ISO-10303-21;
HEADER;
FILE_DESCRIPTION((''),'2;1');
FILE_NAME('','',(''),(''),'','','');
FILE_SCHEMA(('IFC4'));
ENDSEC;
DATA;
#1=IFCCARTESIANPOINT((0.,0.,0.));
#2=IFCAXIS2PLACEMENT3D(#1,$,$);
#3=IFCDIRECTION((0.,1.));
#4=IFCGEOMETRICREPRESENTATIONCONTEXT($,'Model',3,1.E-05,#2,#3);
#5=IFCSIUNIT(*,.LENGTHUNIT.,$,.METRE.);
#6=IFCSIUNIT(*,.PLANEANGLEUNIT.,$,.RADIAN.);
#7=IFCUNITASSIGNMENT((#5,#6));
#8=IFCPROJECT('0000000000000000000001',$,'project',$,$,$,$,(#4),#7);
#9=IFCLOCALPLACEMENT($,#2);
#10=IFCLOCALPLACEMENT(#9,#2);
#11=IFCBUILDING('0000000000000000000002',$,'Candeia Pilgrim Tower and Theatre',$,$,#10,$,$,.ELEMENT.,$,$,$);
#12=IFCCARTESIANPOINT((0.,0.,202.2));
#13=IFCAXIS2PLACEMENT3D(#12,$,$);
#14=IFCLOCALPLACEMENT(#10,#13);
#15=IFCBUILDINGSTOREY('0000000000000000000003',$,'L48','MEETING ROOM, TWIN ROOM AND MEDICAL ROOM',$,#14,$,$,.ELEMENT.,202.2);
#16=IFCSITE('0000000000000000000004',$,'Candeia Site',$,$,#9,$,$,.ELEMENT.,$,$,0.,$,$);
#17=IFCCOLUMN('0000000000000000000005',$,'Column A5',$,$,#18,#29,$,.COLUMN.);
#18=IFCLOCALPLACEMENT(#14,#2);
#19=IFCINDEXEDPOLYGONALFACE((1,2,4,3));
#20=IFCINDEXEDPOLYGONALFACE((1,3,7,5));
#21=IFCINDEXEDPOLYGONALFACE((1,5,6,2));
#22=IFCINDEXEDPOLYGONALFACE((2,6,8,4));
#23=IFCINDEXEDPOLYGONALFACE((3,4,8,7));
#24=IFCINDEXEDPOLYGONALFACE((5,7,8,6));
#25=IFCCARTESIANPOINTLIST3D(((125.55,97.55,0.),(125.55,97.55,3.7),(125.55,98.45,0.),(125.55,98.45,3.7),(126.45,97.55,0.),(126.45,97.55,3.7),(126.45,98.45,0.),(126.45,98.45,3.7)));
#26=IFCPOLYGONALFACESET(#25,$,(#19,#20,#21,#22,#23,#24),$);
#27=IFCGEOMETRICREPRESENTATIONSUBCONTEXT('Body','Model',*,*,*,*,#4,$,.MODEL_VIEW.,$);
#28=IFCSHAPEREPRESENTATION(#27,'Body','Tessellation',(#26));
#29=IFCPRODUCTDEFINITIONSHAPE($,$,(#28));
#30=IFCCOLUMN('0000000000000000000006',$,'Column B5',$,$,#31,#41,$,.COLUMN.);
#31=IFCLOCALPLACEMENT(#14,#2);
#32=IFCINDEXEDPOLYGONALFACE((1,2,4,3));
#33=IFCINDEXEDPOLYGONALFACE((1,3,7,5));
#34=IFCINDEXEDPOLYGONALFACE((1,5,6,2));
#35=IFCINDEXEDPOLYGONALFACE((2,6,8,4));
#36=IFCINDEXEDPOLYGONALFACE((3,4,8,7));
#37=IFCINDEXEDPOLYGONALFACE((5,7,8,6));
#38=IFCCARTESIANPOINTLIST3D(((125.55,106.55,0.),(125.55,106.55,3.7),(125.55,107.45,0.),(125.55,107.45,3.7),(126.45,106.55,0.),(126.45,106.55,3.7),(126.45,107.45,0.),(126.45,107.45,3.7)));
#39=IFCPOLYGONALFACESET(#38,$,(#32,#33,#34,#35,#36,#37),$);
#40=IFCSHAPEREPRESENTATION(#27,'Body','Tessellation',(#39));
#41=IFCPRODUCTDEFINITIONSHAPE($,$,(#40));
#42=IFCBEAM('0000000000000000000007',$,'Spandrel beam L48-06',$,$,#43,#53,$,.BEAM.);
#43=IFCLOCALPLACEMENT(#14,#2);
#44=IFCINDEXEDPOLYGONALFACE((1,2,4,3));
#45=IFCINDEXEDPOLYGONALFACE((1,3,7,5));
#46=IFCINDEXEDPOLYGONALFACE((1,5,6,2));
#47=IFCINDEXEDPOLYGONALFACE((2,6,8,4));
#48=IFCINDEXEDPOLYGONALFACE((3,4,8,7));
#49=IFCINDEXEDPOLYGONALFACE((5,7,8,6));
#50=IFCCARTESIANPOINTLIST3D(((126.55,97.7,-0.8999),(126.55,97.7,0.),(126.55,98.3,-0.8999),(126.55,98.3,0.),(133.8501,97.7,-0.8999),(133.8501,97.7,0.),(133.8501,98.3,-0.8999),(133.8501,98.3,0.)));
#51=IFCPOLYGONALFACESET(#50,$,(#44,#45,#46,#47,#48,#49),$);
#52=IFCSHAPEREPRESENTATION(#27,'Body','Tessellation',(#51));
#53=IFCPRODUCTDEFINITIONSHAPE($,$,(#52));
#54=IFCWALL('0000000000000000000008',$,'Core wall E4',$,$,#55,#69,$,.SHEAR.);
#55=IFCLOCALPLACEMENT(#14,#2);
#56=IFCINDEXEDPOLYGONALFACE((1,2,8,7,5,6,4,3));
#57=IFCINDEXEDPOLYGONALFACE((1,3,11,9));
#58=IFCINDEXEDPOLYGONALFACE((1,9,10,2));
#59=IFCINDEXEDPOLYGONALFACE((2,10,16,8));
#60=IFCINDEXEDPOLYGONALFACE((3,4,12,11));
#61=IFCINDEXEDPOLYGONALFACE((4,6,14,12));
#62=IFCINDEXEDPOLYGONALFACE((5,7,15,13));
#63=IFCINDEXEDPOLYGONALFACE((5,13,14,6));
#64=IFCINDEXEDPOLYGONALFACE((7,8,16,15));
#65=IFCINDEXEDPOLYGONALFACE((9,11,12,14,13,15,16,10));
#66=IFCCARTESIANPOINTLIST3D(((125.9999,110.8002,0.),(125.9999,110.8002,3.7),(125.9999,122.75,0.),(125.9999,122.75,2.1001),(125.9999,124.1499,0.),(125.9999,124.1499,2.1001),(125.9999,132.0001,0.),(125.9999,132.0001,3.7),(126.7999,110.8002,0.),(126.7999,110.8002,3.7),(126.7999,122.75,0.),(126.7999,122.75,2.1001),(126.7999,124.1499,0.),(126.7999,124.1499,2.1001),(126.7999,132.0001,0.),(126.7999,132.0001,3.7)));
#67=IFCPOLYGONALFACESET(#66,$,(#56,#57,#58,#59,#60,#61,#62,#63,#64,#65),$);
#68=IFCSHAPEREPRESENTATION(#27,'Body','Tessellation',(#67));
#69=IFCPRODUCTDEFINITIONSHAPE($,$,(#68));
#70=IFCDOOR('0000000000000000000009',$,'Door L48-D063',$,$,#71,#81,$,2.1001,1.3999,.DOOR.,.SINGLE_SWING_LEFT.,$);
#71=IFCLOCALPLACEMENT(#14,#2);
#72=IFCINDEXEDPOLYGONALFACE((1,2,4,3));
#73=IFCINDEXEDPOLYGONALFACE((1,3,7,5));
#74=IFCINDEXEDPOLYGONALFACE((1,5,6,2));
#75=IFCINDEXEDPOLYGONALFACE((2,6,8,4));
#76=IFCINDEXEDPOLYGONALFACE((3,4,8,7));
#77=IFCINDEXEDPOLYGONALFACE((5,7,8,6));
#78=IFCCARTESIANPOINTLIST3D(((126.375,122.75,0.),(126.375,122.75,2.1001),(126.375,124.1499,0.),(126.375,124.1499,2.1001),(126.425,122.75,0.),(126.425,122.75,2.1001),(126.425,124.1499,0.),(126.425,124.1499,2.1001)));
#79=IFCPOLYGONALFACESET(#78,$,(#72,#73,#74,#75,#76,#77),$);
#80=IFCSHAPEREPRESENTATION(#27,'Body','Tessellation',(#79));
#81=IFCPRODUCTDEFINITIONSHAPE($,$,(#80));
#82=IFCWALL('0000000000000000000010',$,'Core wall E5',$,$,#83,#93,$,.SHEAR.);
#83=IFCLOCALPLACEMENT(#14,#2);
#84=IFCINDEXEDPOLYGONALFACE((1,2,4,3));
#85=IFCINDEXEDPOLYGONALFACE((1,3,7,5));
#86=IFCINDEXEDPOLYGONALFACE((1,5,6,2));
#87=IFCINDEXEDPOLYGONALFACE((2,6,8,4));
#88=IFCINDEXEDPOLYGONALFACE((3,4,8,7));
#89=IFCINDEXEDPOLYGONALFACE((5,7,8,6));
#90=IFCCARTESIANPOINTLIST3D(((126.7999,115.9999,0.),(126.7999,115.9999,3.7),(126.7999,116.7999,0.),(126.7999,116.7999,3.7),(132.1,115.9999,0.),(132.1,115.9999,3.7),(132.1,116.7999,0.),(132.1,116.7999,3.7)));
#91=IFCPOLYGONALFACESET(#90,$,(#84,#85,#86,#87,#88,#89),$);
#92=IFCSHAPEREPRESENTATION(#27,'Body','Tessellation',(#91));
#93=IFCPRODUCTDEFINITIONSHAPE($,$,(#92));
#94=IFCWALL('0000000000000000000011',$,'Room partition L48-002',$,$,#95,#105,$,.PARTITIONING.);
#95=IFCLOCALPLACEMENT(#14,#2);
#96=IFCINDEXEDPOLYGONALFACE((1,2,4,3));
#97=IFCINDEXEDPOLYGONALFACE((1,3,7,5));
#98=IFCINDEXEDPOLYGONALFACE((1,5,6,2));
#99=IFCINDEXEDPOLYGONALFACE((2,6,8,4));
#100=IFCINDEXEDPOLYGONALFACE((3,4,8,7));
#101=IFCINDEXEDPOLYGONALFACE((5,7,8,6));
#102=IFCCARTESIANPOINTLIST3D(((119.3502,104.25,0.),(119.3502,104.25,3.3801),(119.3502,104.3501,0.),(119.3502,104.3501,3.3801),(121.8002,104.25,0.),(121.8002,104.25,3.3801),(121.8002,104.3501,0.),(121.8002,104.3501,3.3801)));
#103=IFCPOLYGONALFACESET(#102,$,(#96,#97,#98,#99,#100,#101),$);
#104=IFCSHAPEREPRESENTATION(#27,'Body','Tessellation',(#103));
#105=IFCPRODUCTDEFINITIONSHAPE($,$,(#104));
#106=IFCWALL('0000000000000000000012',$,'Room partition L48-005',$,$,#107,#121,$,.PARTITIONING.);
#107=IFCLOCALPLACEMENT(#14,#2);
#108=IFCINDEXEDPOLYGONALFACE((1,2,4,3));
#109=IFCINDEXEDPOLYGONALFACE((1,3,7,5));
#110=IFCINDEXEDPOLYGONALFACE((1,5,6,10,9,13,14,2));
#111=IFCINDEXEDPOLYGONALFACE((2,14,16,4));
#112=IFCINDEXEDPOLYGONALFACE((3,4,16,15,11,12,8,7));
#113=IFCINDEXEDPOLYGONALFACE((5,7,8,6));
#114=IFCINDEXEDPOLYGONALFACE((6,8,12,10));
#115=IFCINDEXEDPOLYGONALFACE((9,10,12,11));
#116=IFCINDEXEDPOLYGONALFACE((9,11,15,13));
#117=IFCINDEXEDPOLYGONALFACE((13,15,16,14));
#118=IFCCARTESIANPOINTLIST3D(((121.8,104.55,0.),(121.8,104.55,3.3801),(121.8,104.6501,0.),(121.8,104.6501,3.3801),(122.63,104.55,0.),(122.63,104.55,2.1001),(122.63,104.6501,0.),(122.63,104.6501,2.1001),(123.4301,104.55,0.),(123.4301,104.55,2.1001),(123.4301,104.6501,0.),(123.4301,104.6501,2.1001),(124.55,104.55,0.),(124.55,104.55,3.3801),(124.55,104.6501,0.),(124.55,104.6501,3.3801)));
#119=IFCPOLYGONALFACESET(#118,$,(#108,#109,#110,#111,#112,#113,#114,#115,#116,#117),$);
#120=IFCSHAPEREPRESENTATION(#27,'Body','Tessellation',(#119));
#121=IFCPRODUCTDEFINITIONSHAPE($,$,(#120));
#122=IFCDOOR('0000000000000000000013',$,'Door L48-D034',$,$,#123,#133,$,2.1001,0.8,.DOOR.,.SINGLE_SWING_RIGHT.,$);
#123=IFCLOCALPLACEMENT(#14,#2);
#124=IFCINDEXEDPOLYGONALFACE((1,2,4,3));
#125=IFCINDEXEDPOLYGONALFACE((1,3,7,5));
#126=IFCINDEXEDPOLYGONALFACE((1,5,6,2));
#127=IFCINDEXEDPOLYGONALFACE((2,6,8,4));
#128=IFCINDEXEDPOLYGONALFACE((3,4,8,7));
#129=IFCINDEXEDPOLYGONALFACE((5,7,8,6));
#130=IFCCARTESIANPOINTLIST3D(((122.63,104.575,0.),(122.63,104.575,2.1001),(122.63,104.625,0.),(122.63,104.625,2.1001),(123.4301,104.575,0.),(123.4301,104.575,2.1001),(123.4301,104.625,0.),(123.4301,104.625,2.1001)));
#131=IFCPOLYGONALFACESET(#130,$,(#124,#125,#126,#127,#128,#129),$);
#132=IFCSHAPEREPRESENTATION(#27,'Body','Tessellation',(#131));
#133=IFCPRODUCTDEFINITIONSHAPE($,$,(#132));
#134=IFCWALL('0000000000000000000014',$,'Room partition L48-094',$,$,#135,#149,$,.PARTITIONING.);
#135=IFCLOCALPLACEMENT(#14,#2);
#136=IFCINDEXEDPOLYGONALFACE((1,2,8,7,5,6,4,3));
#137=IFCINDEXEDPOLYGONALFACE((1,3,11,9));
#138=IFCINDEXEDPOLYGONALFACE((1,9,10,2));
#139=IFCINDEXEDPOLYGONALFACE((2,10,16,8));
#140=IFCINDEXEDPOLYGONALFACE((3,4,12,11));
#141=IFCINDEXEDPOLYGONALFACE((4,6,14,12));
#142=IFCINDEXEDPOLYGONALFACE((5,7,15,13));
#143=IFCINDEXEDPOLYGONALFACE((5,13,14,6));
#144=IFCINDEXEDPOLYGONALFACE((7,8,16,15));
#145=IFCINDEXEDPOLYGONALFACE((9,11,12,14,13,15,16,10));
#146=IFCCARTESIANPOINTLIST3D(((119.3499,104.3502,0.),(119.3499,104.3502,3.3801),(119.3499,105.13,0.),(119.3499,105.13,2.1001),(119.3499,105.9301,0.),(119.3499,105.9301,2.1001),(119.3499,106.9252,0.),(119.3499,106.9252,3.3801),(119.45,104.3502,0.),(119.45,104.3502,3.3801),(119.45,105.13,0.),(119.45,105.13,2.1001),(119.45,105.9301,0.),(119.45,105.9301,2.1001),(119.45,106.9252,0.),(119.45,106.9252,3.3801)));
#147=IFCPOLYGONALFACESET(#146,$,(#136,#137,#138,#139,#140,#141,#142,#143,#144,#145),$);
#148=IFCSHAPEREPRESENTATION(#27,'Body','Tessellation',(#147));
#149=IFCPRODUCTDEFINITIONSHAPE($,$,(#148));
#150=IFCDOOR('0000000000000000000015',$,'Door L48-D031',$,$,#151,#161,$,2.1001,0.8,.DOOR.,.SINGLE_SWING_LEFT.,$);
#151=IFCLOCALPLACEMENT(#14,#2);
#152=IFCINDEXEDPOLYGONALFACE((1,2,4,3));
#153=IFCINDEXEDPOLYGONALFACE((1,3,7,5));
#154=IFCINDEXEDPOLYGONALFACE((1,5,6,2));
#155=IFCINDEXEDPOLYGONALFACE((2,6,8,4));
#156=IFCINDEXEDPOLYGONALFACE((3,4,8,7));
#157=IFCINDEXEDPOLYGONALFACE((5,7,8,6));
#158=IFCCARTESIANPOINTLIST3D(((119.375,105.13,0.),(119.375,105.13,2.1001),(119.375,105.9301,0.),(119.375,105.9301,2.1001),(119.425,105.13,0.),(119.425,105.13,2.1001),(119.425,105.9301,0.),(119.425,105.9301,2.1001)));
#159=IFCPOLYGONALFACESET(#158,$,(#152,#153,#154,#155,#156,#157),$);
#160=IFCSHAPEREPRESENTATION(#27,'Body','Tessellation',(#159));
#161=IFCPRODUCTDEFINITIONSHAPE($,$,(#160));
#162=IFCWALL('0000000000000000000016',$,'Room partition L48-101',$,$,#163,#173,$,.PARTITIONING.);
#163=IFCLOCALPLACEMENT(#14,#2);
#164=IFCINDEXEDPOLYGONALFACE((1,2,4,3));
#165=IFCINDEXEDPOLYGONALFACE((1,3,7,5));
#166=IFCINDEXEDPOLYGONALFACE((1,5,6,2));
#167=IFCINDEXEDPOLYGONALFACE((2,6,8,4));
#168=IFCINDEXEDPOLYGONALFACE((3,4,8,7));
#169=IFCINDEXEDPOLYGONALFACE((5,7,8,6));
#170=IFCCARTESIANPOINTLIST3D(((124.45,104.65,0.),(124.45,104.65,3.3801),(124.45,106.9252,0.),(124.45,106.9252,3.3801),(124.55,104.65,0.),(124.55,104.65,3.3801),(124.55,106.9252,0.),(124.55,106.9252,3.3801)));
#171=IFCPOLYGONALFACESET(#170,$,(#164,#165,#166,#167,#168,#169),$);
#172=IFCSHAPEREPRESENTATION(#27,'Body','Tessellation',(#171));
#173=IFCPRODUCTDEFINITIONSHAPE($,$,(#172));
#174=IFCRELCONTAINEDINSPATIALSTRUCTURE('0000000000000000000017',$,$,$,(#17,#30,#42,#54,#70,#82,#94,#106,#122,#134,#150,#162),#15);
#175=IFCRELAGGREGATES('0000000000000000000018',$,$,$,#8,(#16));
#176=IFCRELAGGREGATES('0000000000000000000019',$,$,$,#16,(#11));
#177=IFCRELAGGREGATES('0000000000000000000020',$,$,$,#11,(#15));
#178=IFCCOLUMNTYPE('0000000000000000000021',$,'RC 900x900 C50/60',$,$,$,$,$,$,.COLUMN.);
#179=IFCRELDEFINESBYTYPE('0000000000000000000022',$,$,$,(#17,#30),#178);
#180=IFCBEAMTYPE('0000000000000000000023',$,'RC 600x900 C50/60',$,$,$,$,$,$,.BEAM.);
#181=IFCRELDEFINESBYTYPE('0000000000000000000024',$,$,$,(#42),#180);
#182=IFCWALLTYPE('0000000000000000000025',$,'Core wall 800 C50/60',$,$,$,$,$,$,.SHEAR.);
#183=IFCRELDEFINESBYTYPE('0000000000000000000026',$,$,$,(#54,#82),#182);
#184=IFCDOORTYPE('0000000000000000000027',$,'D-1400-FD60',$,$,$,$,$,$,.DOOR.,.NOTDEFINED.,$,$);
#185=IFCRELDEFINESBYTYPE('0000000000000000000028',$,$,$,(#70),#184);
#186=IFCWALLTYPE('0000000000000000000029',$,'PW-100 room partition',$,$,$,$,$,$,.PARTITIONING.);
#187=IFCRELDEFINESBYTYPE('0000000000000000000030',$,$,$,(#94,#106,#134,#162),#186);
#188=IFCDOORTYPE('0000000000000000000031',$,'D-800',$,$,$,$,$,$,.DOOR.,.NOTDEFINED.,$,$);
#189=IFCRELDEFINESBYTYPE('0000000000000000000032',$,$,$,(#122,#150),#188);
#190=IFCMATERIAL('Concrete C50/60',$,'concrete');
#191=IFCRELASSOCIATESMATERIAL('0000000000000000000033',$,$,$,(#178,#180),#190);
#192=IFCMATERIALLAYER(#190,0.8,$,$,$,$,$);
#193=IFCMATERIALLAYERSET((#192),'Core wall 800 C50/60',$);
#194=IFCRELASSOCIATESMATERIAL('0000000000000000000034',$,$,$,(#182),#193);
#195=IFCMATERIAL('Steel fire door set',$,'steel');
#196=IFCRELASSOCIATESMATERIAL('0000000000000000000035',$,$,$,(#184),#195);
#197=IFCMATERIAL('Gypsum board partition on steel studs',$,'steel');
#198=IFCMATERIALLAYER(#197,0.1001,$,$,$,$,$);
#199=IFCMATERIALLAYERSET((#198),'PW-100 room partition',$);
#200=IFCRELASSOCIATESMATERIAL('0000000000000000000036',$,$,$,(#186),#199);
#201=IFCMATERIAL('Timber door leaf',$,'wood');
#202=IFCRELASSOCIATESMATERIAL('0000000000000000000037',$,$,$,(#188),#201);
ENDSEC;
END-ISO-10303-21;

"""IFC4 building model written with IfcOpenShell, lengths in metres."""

from ifc_helpers import new_model, si_unit, direction, frame, frame_2d, origin, origin_2d, place, context, subcontext, project, spatial, rectangle, extrude, material, layer, layer_set, material_profile, profile_set, type_object, element, fill, save


model = new_model("IFC4")

# Units and contexts
model_context = context("Model", 3, precision=1e-05, world=origin(), true_north=direction((0.0, 1.0)))
body_context = subcontext(model_context, "Body", "Model", "MODEL_VIEW")
ifc_project = project(units=[si_unit("LENGTHUNIT", "METRE"), si_unit("PLANEANGLEUNIT", "RADIAN")], contexts=[model_context])

# Site, building, storey
site_placement = place(None, origin())
site = spatial("IfcSite", under=ifc_project, at=site_placement, Name="Candeia Site", CompositionType="ELEMENT", RefElevation=0.0)
building_placement = place(site_placement, origin())
building = spatial("IfcBuilding", under=site, at=building_placement, Name="Candeia Pilgrim Tower and Theatre", CompositionType="ELEMENT")
storey_placement = place(building_placement, frame((0.0, 0.0, 202.2)))
storey = spatial("IfcBuildingStorey", under=building, at=storey_placement, Name="L48", Description="MEETING ROOM, TWIN ROOM AND MEDICAL ROOM", CompositionType="ELEMENT", Elevation=202.2)

# Columns
ifc_material_1 = material(Name="Concrete C50/60", Category="concrete")
ifc_material_profile_1 = material_profile(ifc_material_1, rectangle(XDim=0.8999, YDim=0.8999, at=origin_2d()))
ifc_profile_set_1 = profile_set([ifc_material_profile_1], Name="Concrete C50/60")
column_type = type_object("IfcColumnType", Name="RC 900x900 C50/60", PredefinedType="COLUMN", material=ifc_profile_set_1)
for number, where, z_axis, x_axis, name in (
    (1, (126.0, 98.0, 0.0), (0.0, 0.0, 1.0), (1.0, 0.0, 0.0), "Column A5"),
    (2, (126.0, 107.0, 0.0), (0.0, 0.0, 1.0), (1.0, 0.0, 0.0), "Column B5"),
):
    element("IfcColumn", number, at=place(storey_placement, frame(where, z_axis=z_axis, x_axis=x_axis)), inside=storey, type_object=column_type, Name=name, PredefinedType="COLUMN", context=body_context, shape_type="SweptSolid", body=[
        extrude(rectangle(XDim=0.8999, YDim=0.8999, at=origin_2d()), origin(), (0.0, 0.0, 1.0), 3.7),
    ])

# Beam
ifc_material_profile_2 = material_profile(ifc_material_1, rectangle(XDim=0.6001, YDim=0.8999, at=origin_2d()))
ifc_profile_set_2 = profile_set([ifc_material_profile_2], Name="Concrete C50/60")
beam_type = type_object("IfcBeamType", Name="RC 600x900 C50/60", PredefinedType="BEAM", material=ifc_profile_set_2)
beam_placement = place(storey_placement, frame((126.55, 98.0, -0.45), z_axis=(1.0, 0.0, 0.0), x_axis=(0.0, 1.0, 0.0)))
element("IfcBeam", 3, at=beam_placement, inside=storey, type_object=beam_type, Name="Spandrel beam L48-06", PredefinedType="BEAM", context=body_context, shape_type="SweptSolid", body=[
    extrude(rectangle(XDim=0.6001, YDim=0.8999, at=origin_2d()), origin(), (0.0, 0.0, 1.0), 7.3),
])

# Wall, opening, door
ifc_layer_1 = layer(ifc_material_1, 0.8)
ifc_layer_set_1 = layer_set([ifc_layer_1], Name="Core wall 800 C50/60")
wall_type_1 = type_object("IfcWallType", Name="Core wall 800 C50/60", PredefinedType="SHEAR", material=ifc_layer_set_1)
wall_1_placement = place(storey_placement, frame((126.3999, 110.8, 0.0), z_axis=(0.0, 0.0, 1.0), x_axis=(0.0, 1.0, 0.0)))
wall_1 = element("IfcWall", 4, at=wall_1_placement, inside=storey, type_object=wall_type_1, Name="Core wall E4", PredefinedType="SHEAR", context=body_context, shape_type="SweptSolid", body=[
    extrude(rectangle(XDim=21.2, YDim=0.8, at=frame_2d((10.6001, 0.0))), origin(), (0.0, 0.0, 1.0), 3.7),
])
opening_1_placement = place(wall_1_placement, frame((11.95, 0.0, 0.0)))
opening_1 = element("IfcOpeningElement", 5, at=opening_1_placement, cuts=wall_1, PredefinedType="OPENING", context=body_context, shape_type="SweptSolid", body=[
    extrude(rectangle(XDim=1.3999, YDim=2.1001, at=frame_2d((0.7, 1.05))), frame((0.0, 0.4102, 0.0), z_axis=(0.0, -1.0, 0.0), x_axis=(1.0, 0.0, 0.0)), (0.0, 0.0, 1.0), 0.8201),
])
ifc_material_2 = material(Name="Steel fire door set", Category="steel")
door_type_1 = type_object("IfcDoorType", Name="D-1400-FD60", OperationType="NOTDEFINED", PredefinedType="DOOR", material=ifc_material_2)
door_1_placement = place(opening_1_placement, origin())
door_1 = element("IfcDoor", 6, at=door_1_placement, inside=storey, type_object=door_type_1, Name="Door L48-D063", OperationType="SINGLE_SWING_LEFT", OverallHeight=2.1001, OverallWidth=1.3999, PredefinedType="DOOR", context=body_context, shape_type="SweptSolid", body=[
    extrude(rectangle(XDim=1.3999, YDim=2.1001, at=frame_2d((0.7, 1.05))), frame((0.0, 0.0249, 0.0), z_axis=(0.0, -1.0, 0.0), x_axis=(1.0, 0.0, 0.0)), (0.0, 0.0, 1.0), 0.05),
])
fill(opening_1, door_1)

# Walls
wall_2_placement = place(storey_placement, frame((126.8, 116.3999, 0.0), z_axis=(0.0, 0.0, 1.0), x_axis=(1.0, 0.0, 0.0)))
element("IfcWall", 7, at=wall_2_placement, inside=storey, type_object=wall_type_1, Name="Core wall E5", PredefinedType="SHEAR", context=body_context, shape_type="SweptSolid", body=[
    extrude(rectangle(XDim=5.3, YDim=0.8, at=frame_2d((2.6499, 0.0))), origin(), (0.0, 0.0, 1.0), 3.7),
])
ifc_material_3 = material(Name="Gypsum board partition on steel studs", Category="steel")
ifc_layer_2 = layer(ifc_material_3, 0.1001)
ifc_layer_set_2 = layer_set([ifc_layer_2], Name="PW-100 room partition")
wall_type_2 = type_object("IfcWallType", Name="PW-100 room partition", PredefinedType="PARTITIONING", material=ifc_layer_set_2)
wall_3_placement = place(storey_placement, frame((119.3501, 104.3, 0.0), z_axis=(0.0, 0.0, 1.0), x_axis=(1.0, 0.0, 0.0)))
element("IfcWall", 8, at=wall_3_placement, inside=storey, type_object=wall_type_2, Name="Room partition L48-002", PredefinedType="PARTITIONING", context=body_context, shape_type="SweptSolid", body=[
    extrude(rectangle(XDim=2.45, YDim=0.1001, at=frame_2d((1.2251, 0.0))), origin(), (0.0, 0.0, 1.0), 3.3801),
])

# Walls, openings, doors
wall_4_placement = place(storey_placement, frame((121.8, 104.6001, 0.0), z_axis=(0.0, 0.0, 1.0), x_axis=(1.0, 0.0, 0.0)))
wall_4 = element("IfcWall", 9, at=wall_4_placement, inside=storey, type_object=wall_type_2, Name="Room partition L48-005", PredefinedType="PARTITIONING", context=body_context, shape_type="SweptSolid", body=[
    extrude(rectangle(XDim=2.75, YDim=0.1001, at=frame_2d((1.375, 0.0))), origin(), (0.0, 0.0, 1.0), 3.3801),
])
opening_2_placement = place(wall_4_placement, frame((0.8301, 0.0, 0.0)))
opening_2 = element("IfcOpeningElement", 10, at=opening_2_placement, cuts=wall_4, PredefinedType="OPENING", context=body_context, shape_type="SweptSolid", body=[
    extrude(rectangle(XDim=0.8, YDim=2.1001, at=frame_2d((0.3999, 1.05))), frame((0.0, 0.0601, 0.0), z_axis=(0.0, -1.0, 0.0), x_axis=(1.0, 0.0, 0.0)), (0.0, 0.0, 1.0), 0.1201),
])
ifc_material_4 = material(Name="Timber door leaf", Category="wood")
door_type_2 = type_object("IfcDoorType", Name="D-800", OperationType="NOTDEFINED", PredefinedType="DOOR", material=ifc_material_4)
door_2_placement = place(opening_2_placement, origin())
door_2 = element("IfcDoor", 11, at=door_2_placement, inside=storey, type_object=door_type_2, Name="Door L48-D034", OperationType="SINGLE_SWING_RIGHT", OverallHeight=2.1001, OverallWidth=0.8, PredefinedType="DOOR", context=body_context, shape_type="SweptSolid", body=[
    extrude(rectangle(XDim=0.8, YDim=2.1001, at=frame_2d((0.3999, 1.05))), frame((0.0, 0.0249, 0.0), z_axis=(0.0, -1.0, 0.0), x_axis=(1.0, 0.0, 0.0)), (0.0, 0.0, 1.0), 0.05),
])
fill(opening_2, door_2)
wall_5_placement = place(storey_placement, frame((119.3999, 104.3501, 0.0), z_axis=(0.0, 0.0, 1.0), x_axis=(0.0, 1.0, 0.0)))
wall_5 = element("IfcWall", 12, at=wall_5_placement, inside=storey, type_object=wall_type_2, Name="Room partition L48-094", PredefinedType="PARTITIONING", context=body_context, shape_type="SweptSolid", body=[
    extrude(rectangle(XDim=2.575, YDim=0.1001, at=frame_2d((1.2876, 0.0))), origin(), (0.0, 0.0, 1.0), 3.3801),
])
opening_3_placement = place(wall_5_placement, frame((0.78, 0.0, 0.0)))
opening_3 = element("IfcOpeningElement", 13, at=opening_3_placement, cuts=wall_5, PredefinedType="OPENING", context=body_context, shape_type="SweptSolid", body=[
    extrude(rectangle(XDim=0.8, YDim=2.1001, at=frame_2d((0.3999, 1.05))), frame((0.0, 0.0601, 0.0), z_axis=(0.0, -1.0, 0.0), x_axis=(1.0, 0.0, 0.0)), (0.0, 0.0, 1.0), 0.1201),
])
door_3_placement = place(opening_3_placement, origin())
door_3 = element("IfcDoor", 14, at=door_3_placement, inside=storey, type_object=door_type_2, Name="Door L48-D031", OperationType="SINGLE_SWING_LEFT", OverallHeight=2.1001, OverallWidth=0.8, PredefinedType="DOOR", context=body_context, shape_type="SweptSolid", body=[
    extrude(rectangle(XDim=0.8, YDim=2.1001, at=frame_2d((0.3999, 1.05))), frame((0.0, 0.0249, 0.0), z_axis=(0.0, -1.0, 0.0), x_axis=(1.0, 0.0, 0.0)), (0.0, 0.0, 1.0), 0.05),
])
fill(opening_3, door_3)

# Wall
wall_6_placement = place(storey_placement, frame((124.5, 104.6499, 0.0), z_axis=(0.0, 0.0, 1.0), x_axis=(0.0, 1.0, 0.0)))
element("IfcWall", 15, at=wall_6_placement, inside=storey, type_object=wall_type_2, Name="Room partition L48-101", PredefinedType="PARTITIONING", context=body_context, shape_type="SweptSolid", body=[
    extrude(rectangle(XDim=2.2751, YDim=0.1001, at=frame_2d((1.1377, 0.0))), origin(), (0.0, 0.0, 1.0), 3.3801),
])

save(model, "model.ifc")
